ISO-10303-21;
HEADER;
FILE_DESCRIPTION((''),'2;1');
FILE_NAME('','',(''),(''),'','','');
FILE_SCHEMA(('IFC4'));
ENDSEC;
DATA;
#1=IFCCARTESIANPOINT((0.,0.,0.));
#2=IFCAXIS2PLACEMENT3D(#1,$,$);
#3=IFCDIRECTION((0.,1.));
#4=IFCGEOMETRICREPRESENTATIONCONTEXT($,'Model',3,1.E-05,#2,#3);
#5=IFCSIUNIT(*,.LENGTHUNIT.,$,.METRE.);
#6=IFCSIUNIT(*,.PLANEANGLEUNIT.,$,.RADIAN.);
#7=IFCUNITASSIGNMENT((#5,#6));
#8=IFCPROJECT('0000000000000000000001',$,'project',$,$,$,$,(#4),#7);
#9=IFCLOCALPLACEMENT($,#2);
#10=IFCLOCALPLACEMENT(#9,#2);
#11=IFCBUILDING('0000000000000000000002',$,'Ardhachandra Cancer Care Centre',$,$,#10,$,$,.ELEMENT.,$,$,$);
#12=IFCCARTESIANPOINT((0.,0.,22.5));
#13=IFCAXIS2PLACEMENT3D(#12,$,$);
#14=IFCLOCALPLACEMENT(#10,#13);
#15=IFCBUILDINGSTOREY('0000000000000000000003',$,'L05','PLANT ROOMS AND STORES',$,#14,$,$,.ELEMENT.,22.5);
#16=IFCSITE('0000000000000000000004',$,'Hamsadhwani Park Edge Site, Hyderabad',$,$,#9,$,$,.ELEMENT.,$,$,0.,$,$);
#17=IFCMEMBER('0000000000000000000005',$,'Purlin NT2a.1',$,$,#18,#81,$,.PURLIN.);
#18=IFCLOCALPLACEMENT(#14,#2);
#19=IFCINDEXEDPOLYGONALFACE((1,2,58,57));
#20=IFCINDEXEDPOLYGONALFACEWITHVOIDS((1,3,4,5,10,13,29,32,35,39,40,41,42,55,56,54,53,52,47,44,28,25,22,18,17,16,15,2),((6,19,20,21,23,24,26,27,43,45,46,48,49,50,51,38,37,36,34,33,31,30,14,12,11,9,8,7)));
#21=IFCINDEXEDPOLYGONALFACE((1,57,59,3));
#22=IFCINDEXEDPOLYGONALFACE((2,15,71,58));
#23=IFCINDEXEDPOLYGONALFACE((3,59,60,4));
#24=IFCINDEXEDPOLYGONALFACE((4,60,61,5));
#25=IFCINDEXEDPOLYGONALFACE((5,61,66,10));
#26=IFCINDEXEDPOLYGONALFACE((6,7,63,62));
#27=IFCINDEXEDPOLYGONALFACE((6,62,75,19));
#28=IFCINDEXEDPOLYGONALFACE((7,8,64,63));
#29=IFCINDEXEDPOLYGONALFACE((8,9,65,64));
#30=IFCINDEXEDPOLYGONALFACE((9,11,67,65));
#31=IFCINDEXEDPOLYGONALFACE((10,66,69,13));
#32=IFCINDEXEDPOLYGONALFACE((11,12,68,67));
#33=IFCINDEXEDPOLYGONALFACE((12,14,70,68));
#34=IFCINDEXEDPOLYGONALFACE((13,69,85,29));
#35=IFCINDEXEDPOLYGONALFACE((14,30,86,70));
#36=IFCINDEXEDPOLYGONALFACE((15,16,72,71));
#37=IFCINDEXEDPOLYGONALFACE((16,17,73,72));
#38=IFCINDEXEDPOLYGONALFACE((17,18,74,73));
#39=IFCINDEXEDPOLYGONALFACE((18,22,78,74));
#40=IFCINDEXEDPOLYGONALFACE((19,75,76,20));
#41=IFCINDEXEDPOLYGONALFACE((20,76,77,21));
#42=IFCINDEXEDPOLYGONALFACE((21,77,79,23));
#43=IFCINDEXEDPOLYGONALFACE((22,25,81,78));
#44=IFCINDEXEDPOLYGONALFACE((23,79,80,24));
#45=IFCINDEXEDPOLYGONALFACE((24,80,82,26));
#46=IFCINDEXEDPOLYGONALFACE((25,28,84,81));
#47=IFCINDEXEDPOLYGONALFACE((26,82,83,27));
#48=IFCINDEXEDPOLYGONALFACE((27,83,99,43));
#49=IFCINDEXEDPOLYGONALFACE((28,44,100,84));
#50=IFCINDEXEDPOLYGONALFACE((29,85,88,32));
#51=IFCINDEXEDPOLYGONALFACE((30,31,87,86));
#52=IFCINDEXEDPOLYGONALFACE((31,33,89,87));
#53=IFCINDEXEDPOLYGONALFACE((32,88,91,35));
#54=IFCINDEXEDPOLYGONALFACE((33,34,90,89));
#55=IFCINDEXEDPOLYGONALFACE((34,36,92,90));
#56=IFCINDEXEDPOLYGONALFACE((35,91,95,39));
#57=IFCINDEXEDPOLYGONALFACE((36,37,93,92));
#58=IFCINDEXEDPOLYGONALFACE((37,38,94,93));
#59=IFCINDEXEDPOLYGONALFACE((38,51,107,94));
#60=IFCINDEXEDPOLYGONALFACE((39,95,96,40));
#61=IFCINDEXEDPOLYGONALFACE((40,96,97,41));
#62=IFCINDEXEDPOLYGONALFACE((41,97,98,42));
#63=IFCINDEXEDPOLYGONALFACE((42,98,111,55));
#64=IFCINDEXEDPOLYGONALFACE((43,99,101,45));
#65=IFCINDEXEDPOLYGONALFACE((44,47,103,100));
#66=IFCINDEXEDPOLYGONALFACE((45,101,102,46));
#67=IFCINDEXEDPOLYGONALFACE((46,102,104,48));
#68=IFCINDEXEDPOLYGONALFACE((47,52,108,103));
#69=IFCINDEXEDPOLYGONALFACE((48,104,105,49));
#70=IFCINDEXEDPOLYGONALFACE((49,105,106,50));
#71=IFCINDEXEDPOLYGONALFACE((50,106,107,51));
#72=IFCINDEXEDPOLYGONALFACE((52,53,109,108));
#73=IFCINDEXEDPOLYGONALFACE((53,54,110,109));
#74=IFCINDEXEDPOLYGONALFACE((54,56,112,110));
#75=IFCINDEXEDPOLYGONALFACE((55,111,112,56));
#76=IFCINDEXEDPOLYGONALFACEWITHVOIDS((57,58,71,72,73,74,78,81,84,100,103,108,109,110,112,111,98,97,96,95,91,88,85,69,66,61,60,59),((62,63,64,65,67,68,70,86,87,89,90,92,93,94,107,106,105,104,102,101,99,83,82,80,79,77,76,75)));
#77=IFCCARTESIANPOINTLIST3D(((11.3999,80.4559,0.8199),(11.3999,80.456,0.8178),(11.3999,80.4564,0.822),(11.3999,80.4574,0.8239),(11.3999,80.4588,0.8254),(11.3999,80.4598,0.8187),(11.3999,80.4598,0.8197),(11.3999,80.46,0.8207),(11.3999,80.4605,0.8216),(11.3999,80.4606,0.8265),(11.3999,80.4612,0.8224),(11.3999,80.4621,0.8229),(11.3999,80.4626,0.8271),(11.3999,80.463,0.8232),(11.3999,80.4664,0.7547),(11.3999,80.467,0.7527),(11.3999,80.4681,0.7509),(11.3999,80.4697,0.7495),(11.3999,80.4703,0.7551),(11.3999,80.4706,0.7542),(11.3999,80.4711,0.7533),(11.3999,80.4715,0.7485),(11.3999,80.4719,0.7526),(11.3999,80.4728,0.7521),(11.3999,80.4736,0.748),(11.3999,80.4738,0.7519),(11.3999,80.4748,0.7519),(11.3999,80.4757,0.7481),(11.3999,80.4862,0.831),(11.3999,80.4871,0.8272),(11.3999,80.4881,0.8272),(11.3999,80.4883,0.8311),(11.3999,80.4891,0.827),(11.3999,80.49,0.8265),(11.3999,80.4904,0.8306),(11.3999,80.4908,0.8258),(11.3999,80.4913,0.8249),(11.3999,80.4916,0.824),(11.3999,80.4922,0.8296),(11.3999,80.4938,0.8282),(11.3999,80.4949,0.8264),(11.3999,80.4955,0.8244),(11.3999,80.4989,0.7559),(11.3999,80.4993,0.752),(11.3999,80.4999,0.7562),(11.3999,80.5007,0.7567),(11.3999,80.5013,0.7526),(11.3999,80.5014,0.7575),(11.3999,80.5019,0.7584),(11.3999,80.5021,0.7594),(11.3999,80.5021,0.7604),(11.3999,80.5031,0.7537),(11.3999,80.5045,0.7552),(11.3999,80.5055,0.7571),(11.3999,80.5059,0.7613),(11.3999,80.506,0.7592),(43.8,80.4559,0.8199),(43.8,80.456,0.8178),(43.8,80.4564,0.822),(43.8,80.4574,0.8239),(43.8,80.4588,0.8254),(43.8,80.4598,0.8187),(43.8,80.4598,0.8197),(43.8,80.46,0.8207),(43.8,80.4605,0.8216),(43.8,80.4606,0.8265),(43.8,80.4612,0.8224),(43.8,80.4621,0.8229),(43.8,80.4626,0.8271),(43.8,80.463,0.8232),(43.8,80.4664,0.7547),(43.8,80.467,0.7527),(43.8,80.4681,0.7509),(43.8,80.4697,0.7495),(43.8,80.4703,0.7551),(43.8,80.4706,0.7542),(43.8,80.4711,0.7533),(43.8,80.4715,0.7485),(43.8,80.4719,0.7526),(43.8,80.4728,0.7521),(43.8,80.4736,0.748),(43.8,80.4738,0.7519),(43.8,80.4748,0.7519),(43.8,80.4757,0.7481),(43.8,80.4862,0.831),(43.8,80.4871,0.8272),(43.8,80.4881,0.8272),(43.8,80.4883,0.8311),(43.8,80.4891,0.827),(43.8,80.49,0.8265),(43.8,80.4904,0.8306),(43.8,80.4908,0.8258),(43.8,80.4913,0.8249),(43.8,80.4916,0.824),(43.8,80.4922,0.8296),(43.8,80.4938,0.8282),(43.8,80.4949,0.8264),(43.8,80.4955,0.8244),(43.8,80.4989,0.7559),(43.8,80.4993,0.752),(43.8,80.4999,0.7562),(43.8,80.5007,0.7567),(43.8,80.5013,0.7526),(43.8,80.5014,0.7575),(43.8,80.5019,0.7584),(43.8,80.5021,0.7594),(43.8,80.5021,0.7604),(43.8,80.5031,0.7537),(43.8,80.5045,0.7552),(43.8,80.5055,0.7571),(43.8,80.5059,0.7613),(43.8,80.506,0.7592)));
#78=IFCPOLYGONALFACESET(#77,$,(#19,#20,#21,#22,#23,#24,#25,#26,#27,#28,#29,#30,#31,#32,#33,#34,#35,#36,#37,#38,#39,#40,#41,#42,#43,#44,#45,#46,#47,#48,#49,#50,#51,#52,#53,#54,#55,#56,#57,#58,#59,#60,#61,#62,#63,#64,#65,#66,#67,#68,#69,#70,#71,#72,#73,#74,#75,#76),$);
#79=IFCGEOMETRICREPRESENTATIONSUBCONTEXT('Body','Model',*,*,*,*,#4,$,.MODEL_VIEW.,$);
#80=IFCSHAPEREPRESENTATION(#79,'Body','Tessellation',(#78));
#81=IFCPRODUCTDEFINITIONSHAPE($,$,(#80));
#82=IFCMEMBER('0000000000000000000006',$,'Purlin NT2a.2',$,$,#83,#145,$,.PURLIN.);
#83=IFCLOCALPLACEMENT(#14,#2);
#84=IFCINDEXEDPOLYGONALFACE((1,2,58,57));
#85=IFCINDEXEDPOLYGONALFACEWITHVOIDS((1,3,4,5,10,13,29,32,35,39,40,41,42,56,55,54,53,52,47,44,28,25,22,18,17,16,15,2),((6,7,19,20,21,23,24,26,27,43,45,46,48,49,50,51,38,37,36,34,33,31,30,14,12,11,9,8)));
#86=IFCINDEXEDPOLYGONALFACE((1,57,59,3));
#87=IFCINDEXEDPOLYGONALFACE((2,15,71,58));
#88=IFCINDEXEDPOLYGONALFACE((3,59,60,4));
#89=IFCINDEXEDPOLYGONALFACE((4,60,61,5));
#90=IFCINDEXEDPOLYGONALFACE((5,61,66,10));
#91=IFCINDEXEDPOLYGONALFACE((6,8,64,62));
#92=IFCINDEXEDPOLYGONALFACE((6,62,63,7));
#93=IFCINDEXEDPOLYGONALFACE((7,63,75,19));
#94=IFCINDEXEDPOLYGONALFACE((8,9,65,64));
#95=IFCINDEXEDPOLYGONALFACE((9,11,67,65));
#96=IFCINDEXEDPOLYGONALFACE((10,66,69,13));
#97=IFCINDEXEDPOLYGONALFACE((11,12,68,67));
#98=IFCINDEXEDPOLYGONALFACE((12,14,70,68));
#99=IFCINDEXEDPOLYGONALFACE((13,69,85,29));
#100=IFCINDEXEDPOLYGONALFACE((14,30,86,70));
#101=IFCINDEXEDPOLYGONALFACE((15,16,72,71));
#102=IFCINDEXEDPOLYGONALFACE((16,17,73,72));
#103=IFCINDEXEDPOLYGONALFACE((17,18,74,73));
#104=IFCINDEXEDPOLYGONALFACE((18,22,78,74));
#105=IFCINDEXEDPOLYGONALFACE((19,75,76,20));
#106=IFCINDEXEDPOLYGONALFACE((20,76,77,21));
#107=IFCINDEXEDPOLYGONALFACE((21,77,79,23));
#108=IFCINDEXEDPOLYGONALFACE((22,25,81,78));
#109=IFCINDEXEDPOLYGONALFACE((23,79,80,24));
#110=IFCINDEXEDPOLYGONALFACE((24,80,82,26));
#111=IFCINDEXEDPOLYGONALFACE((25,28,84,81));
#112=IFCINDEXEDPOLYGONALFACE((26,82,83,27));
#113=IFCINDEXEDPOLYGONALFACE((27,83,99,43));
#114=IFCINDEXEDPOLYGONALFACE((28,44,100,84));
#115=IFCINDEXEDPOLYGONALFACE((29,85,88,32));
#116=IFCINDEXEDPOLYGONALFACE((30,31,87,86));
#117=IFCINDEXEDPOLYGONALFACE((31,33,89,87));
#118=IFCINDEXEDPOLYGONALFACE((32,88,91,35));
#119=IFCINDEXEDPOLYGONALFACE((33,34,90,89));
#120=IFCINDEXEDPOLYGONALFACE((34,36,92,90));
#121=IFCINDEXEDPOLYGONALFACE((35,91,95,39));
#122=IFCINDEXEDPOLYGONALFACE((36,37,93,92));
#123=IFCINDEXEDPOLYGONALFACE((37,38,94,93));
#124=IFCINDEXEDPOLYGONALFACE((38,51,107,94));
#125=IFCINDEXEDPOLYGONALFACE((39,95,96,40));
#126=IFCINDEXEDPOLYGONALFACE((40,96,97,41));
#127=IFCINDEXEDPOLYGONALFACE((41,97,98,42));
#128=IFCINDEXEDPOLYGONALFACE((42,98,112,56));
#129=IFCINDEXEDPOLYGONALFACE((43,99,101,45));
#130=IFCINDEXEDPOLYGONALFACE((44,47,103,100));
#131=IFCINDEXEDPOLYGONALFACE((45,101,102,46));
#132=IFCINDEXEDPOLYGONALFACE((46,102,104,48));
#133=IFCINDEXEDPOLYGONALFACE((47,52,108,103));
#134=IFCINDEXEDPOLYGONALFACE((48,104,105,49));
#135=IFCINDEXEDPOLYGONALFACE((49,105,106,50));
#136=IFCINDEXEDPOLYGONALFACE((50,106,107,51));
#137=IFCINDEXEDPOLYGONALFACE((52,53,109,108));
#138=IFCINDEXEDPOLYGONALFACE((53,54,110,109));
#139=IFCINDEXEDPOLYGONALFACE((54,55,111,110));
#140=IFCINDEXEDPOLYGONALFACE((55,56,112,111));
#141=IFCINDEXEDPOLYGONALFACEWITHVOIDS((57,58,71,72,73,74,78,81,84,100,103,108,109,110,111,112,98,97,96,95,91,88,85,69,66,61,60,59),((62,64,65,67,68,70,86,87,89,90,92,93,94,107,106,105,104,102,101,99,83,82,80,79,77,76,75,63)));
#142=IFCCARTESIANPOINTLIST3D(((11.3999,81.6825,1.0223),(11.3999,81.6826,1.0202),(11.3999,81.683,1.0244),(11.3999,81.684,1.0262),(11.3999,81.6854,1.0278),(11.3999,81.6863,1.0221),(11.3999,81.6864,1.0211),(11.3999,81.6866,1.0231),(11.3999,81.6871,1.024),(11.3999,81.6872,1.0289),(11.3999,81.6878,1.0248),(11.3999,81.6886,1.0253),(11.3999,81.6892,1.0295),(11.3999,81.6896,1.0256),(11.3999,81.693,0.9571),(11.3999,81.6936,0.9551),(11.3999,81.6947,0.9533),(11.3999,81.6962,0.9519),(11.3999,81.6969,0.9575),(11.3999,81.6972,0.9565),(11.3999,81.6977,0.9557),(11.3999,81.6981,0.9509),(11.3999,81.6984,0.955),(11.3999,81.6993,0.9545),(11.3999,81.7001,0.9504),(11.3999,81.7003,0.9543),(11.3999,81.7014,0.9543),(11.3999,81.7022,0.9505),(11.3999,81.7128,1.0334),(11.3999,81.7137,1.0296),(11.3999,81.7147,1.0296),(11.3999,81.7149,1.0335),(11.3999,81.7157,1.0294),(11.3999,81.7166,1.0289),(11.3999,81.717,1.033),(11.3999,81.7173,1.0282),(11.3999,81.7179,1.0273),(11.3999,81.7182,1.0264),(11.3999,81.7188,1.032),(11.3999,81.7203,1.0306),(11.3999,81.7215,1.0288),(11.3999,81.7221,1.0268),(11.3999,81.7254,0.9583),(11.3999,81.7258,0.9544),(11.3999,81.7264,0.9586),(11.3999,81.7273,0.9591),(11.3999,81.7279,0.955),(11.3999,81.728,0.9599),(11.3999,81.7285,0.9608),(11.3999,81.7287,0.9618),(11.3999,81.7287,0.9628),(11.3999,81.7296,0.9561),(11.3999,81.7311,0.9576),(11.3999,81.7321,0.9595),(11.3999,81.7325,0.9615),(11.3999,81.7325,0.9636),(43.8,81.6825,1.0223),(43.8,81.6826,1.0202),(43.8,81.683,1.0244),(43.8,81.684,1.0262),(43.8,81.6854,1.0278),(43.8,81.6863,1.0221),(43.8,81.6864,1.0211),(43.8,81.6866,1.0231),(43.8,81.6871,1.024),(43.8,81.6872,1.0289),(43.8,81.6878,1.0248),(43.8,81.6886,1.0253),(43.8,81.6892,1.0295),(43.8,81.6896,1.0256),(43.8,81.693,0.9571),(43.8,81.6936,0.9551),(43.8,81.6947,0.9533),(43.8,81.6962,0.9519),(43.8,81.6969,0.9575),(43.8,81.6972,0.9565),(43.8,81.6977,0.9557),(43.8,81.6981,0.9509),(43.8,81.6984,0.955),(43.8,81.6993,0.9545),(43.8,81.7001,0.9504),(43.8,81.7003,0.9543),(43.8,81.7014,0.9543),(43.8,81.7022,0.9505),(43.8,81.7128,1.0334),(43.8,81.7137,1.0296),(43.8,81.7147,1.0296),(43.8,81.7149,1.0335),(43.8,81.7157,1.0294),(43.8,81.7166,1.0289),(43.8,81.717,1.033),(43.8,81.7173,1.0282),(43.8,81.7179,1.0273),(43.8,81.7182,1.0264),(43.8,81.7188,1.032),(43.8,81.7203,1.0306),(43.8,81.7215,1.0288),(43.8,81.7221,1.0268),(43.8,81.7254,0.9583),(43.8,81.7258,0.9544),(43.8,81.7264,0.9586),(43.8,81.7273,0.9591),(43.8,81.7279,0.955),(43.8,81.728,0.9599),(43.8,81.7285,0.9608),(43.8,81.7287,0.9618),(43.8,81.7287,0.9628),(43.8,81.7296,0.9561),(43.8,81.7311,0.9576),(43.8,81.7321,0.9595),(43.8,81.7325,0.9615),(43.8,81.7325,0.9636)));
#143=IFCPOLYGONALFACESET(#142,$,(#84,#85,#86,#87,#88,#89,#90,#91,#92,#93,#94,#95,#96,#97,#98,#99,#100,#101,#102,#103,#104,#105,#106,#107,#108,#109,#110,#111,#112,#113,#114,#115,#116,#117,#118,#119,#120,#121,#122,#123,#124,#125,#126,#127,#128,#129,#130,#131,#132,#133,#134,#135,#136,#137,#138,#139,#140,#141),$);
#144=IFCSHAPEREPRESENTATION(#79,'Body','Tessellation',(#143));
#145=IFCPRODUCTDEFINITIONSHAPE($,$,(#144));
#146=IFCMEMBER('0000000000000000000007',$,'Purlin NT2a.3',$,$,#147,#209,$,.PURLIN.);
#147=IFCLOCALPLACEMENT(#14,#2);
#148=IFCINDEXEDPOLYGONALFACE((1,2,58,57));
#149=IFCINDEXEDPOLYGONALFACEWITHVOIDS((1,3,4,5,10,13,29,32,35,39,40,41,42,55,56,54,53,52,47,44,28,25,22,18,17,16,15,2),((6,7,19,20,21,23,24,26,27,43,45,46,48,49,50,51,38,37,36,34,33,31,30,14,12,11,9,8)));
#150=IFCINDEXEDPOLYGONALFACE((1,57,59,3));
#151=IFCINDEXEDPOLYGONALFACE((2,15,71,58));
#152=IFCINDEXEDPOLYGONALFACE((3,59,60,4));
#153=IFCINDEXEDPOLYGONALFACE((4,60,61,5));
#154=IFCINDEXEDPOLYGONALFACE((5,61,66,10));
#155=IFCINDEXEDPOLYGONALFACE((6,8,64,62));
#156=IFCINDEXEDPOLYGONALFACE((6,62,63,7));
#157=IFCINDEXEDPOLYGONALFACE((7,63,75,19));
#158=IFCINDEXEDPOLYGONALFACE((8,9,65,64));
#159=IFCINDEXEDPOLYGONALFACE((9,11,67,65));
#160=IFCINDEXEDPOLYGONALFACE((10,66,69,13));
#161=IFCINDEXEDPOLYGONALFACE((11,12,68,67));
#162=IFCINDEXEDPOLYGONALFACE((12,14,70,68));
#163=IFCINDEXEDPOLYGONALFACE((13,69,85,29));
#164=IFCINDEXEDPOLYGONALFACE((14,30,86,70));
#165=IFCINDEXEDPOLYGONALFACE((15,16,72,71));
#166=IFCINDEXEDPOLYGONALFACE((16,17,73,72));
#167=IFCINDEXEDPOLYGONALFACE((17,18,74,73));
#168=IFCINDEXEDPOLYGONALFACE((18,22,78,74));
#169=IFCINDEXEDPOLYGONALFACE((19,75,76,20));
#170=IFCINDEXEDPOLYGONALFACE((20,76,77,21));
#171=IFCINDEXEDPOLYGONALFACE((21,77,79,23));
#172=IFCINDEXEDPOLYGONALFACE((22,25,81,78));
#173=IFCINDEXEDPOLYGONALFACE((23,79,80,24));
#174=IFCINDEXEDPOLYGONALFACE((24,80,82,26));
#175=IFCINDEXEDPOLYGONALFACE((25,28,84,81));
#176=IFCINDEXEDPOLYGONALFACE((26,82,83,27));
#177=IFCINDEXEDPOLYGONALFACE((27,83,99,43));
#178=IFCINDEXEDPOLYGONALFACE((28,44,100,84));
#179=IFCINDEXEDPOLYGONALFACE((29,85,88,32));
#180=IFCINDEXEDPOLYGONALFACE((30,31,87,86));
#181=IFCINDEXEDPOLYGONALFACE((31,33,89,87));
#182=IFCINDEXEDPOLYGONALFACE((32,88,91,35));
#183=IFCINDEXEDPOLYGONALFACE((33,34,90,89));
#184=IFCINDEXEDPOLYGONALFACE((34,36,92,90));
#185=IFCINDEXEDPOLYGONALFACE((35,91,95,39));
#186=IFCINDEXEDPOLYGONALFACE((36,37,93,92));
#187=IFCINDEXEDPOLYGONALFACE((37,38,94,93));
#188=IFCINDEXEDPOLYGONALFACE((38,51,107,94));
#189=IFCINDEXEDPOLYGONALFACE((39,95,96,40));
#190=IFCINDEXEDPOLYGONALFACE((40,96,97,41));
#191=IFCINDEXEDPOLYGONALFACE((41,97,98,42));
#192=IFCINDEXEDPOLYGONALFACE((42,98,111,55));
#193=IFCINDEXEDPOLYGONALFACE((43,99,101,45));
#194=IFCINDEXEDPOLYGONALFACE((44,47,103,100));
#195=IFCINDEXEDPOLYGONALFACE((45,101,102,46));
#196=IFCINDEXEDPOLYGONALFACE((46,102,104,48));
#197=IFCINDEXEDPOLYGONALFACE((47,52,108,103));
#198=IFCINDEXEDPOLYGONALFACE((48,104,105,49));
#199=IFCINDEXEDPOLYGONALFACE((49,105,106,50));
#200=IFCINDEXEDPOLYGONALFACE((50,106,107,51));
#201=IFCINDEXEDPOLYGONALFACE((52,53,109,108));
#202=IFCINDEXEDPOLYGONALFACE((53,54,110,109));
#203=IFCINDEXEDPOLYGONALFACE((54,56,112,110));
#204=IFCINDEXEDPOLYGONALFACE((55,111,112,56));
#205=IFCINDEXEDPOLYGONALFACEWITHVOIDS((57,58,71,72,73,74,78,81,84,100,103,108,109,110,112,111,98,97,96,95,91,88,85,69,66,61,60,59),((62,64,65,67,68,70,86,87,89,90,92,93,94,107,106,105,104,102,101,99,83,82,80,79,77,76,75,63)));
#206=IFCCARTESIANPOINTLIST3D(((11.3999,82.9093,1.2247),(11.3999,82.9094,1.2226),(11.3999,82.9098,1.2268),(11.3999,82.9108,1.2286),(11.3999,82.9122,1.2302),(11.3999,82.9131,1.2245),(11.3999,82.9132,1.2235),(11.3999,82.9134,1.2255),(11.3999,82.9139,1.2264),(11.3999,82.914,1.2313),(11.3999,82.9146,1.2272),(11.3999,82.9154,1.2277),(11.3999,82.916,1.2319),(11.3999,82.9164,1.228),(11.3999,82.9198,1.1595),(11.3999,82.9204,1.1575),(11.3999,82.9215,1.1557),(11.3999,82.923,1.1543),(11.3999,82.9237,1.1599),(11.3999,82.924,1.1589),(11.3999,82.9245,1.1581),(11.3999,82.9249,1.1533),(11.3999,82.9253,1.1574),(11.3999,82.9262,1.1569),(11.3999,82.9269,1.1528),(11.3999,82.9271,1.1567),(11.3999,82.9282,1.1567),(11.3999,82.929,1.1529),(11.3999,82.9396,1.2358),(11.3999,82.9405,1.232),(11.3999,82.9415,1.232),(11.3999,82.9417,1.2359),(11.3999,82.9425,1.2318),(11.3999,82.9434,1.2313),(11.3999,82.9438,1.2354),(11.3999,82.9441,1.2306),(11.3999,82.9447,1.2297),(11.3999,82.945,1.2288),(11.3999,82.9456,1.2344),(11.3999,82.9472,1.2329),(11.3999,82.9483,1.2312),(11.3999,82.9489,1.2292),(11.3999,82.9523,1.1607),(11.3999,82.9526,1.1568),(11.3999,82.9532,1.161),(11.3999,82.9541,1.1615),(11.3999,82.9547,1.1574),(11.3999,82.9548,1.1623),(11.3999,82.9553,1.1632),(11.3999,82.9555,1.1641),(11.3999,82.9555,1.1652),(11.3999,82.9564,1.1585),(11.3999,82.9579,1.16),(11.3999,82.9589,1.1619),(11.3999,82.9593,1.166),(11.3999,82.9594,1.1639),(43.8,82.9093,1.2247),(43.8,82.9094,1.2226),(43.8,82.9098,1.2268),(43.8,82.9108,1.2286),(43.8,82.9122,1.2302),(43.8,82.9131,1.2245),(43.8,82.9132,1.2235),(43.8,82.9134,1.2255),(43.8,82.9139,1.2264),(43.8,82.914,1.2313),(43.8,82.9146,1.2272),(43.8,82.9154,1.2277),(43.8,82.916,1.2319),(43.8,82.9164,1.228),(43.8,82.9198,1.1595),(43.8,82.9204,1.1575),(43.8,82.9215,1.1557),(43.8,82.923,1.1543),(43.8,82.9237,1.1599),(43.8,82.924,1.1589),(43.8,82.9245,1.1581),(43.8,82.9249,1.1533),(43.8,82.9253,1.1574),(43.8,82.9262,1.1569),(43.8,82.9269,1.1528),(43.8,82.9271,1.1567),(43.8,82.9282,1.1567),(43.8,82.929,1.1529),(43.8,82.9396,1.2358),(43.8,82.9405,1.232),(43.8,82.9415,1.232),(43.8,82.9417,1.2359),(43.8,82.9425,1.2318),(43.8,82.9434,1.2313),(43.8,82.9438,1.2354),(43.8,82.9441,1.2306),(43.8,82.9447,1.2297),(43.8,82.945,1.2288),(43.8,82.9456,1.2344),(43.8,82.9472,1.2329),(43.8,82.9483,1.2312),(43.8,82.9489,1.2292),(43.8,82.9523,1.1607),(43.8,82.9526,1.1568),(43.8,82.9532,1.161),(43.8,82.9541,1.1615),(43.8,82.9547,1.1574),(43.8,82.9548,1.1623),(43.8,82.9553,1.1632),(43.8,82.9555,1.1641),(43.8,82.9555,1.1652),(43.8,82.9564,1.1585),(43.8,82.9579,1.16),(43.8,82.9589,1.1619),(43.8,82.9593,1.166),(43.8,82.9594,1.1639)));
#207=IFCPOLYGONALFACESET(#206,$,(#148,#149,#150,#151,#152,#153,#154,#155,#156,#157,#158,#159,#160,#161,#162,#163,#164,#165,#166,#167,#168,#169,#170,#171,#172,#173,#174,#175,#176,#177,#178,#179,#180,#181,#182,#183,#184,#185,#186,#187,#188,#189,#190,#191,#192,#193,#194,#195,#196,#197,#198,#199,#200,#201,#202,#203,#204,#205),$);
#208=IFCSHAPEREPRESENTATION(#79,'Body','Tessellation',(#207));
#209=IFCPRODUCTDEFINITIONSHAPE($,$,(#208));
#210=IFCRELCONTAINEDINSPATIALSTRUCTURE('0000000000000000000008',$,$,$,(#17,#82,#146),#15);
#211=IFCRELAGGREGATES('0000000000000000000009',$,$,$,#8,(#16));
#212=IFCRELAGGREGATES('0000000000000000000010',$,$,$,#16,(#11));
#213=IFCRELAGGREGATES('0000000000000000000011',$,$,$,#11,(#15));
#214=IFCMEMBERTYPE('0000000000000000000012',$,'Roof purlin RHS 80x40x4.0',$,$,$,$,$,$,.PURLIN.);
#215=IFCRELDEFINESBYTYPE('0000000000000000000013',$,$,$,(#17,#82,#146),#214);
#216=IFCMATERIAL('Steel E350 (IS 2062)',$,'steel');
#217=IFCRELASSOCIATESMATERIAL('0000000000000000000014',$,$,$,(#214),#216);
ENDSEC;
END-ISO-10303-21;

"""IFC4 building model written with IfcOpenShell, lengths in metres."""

from ifc_helpers import new_model, si_unit, direction, frame, origin, origin_2d, place, context, subcontext, project, spatial, hollow_rectangle, extrude, material, material_profile, profile_set, type_object, element, save


model = new_model("IFC4")

# Units and contexts
model_context = context("Model", 3, precision=1e-05, world=origin(), true_north=direction((0.0, 1.0)))
body_context = subcontext(model_context, "Body", "Model", "MODEL_VIEW")
ifc_project = project(units=[si_unit("LENGTHUNIT", "METRE"), si_unit("PLANEANGLEUNIT", "RADIAN")], contexts=[model_context])

# Site, building, storey
site_placement = place(None, origin())
site = spatial("IfcSite", under=ifc_project, at=site_placement, Name="Hamsadhwani Park Edge Site, Hyderabad", CompositionType="ELEMENT", RefElevation=0.0)
building_placement = place(site_placement, origin())
building = spatial("IfcBuilding", under=site, at=building_placement, Name="Ardhachandra Cancer Care Centre", CompositionType="ELEMENT")
storey_placement = place(building_placement, frame((0.0, 0.0, 22.5)))
storey = spatial("IfcBuildingStorey", under=building, at=storey_placement, Name="L05", Description="PLANT ROOMS AND STORES", CompositionType="ELEMENT", Elevation=22.5)

# Members
ifc_material_1 = material(Name="Steel E350 (IS 2062)", Category="steel")
ifc_material_profile_1 = material_profile(ifc_material_1, hollow_rectangle(XDim=0.04, YDim=0.0801, WallThickness=0.0039, InnerFilletRadius=0.0039, OuterFilletRadius=0.0081, at=origin_2d()), Name="RHS 80x40x4.0")
ifc_profile_set_1 = profile_set([ifc_material_profile_1], Name="Steel E350 (IS 2062)")
member_type_1 = type_object("IfcMemberType", Name="Roof purlin RHS 80x40x4.0", PredefinedType="PURLIN", material=ifc_profile_set_1)
for number, where, z_axis, x_axis, name in (
    (1, (11.3999, 80.481, 0.7896), (1.0, 0.0, 0.0), (0.0, 0.986659, 0.162799), "Purlin NT2a.1"),
    (2, (11.3999, 81.7075, 0.9919), (1.0, 0.0, 0.0), (0.0, 0.986659, 0.162799), "Purlin NT2a.2"),
    (3, (11.3999, 82.9343, 1.1943), (1.0, 0.0, 0.0), (0.0, 0.986659, 0.162799), "Purlin NT2a.3"),
):
    element("IfcMember", number, at=place(storey_placement, frame(where, z_axis=z_axis, x_axis=x_axis)), inside=storey, type_object=member_type_1, Name=name, PredefinedType="PURLIN", context=body_context, shape_type="SweptSolid", body=[
        extrude(hollow_rectangle(XDim=0.04, YDim=0.0801, WallThickness=0.0039, InnerFilletRadius=0.0039, OuterFilletRadius=0.0081, at=origin_2d()), origin(), (0.0, 0.0, 1.0), 32.4001),
    ])

save(model, "model.ifc")
